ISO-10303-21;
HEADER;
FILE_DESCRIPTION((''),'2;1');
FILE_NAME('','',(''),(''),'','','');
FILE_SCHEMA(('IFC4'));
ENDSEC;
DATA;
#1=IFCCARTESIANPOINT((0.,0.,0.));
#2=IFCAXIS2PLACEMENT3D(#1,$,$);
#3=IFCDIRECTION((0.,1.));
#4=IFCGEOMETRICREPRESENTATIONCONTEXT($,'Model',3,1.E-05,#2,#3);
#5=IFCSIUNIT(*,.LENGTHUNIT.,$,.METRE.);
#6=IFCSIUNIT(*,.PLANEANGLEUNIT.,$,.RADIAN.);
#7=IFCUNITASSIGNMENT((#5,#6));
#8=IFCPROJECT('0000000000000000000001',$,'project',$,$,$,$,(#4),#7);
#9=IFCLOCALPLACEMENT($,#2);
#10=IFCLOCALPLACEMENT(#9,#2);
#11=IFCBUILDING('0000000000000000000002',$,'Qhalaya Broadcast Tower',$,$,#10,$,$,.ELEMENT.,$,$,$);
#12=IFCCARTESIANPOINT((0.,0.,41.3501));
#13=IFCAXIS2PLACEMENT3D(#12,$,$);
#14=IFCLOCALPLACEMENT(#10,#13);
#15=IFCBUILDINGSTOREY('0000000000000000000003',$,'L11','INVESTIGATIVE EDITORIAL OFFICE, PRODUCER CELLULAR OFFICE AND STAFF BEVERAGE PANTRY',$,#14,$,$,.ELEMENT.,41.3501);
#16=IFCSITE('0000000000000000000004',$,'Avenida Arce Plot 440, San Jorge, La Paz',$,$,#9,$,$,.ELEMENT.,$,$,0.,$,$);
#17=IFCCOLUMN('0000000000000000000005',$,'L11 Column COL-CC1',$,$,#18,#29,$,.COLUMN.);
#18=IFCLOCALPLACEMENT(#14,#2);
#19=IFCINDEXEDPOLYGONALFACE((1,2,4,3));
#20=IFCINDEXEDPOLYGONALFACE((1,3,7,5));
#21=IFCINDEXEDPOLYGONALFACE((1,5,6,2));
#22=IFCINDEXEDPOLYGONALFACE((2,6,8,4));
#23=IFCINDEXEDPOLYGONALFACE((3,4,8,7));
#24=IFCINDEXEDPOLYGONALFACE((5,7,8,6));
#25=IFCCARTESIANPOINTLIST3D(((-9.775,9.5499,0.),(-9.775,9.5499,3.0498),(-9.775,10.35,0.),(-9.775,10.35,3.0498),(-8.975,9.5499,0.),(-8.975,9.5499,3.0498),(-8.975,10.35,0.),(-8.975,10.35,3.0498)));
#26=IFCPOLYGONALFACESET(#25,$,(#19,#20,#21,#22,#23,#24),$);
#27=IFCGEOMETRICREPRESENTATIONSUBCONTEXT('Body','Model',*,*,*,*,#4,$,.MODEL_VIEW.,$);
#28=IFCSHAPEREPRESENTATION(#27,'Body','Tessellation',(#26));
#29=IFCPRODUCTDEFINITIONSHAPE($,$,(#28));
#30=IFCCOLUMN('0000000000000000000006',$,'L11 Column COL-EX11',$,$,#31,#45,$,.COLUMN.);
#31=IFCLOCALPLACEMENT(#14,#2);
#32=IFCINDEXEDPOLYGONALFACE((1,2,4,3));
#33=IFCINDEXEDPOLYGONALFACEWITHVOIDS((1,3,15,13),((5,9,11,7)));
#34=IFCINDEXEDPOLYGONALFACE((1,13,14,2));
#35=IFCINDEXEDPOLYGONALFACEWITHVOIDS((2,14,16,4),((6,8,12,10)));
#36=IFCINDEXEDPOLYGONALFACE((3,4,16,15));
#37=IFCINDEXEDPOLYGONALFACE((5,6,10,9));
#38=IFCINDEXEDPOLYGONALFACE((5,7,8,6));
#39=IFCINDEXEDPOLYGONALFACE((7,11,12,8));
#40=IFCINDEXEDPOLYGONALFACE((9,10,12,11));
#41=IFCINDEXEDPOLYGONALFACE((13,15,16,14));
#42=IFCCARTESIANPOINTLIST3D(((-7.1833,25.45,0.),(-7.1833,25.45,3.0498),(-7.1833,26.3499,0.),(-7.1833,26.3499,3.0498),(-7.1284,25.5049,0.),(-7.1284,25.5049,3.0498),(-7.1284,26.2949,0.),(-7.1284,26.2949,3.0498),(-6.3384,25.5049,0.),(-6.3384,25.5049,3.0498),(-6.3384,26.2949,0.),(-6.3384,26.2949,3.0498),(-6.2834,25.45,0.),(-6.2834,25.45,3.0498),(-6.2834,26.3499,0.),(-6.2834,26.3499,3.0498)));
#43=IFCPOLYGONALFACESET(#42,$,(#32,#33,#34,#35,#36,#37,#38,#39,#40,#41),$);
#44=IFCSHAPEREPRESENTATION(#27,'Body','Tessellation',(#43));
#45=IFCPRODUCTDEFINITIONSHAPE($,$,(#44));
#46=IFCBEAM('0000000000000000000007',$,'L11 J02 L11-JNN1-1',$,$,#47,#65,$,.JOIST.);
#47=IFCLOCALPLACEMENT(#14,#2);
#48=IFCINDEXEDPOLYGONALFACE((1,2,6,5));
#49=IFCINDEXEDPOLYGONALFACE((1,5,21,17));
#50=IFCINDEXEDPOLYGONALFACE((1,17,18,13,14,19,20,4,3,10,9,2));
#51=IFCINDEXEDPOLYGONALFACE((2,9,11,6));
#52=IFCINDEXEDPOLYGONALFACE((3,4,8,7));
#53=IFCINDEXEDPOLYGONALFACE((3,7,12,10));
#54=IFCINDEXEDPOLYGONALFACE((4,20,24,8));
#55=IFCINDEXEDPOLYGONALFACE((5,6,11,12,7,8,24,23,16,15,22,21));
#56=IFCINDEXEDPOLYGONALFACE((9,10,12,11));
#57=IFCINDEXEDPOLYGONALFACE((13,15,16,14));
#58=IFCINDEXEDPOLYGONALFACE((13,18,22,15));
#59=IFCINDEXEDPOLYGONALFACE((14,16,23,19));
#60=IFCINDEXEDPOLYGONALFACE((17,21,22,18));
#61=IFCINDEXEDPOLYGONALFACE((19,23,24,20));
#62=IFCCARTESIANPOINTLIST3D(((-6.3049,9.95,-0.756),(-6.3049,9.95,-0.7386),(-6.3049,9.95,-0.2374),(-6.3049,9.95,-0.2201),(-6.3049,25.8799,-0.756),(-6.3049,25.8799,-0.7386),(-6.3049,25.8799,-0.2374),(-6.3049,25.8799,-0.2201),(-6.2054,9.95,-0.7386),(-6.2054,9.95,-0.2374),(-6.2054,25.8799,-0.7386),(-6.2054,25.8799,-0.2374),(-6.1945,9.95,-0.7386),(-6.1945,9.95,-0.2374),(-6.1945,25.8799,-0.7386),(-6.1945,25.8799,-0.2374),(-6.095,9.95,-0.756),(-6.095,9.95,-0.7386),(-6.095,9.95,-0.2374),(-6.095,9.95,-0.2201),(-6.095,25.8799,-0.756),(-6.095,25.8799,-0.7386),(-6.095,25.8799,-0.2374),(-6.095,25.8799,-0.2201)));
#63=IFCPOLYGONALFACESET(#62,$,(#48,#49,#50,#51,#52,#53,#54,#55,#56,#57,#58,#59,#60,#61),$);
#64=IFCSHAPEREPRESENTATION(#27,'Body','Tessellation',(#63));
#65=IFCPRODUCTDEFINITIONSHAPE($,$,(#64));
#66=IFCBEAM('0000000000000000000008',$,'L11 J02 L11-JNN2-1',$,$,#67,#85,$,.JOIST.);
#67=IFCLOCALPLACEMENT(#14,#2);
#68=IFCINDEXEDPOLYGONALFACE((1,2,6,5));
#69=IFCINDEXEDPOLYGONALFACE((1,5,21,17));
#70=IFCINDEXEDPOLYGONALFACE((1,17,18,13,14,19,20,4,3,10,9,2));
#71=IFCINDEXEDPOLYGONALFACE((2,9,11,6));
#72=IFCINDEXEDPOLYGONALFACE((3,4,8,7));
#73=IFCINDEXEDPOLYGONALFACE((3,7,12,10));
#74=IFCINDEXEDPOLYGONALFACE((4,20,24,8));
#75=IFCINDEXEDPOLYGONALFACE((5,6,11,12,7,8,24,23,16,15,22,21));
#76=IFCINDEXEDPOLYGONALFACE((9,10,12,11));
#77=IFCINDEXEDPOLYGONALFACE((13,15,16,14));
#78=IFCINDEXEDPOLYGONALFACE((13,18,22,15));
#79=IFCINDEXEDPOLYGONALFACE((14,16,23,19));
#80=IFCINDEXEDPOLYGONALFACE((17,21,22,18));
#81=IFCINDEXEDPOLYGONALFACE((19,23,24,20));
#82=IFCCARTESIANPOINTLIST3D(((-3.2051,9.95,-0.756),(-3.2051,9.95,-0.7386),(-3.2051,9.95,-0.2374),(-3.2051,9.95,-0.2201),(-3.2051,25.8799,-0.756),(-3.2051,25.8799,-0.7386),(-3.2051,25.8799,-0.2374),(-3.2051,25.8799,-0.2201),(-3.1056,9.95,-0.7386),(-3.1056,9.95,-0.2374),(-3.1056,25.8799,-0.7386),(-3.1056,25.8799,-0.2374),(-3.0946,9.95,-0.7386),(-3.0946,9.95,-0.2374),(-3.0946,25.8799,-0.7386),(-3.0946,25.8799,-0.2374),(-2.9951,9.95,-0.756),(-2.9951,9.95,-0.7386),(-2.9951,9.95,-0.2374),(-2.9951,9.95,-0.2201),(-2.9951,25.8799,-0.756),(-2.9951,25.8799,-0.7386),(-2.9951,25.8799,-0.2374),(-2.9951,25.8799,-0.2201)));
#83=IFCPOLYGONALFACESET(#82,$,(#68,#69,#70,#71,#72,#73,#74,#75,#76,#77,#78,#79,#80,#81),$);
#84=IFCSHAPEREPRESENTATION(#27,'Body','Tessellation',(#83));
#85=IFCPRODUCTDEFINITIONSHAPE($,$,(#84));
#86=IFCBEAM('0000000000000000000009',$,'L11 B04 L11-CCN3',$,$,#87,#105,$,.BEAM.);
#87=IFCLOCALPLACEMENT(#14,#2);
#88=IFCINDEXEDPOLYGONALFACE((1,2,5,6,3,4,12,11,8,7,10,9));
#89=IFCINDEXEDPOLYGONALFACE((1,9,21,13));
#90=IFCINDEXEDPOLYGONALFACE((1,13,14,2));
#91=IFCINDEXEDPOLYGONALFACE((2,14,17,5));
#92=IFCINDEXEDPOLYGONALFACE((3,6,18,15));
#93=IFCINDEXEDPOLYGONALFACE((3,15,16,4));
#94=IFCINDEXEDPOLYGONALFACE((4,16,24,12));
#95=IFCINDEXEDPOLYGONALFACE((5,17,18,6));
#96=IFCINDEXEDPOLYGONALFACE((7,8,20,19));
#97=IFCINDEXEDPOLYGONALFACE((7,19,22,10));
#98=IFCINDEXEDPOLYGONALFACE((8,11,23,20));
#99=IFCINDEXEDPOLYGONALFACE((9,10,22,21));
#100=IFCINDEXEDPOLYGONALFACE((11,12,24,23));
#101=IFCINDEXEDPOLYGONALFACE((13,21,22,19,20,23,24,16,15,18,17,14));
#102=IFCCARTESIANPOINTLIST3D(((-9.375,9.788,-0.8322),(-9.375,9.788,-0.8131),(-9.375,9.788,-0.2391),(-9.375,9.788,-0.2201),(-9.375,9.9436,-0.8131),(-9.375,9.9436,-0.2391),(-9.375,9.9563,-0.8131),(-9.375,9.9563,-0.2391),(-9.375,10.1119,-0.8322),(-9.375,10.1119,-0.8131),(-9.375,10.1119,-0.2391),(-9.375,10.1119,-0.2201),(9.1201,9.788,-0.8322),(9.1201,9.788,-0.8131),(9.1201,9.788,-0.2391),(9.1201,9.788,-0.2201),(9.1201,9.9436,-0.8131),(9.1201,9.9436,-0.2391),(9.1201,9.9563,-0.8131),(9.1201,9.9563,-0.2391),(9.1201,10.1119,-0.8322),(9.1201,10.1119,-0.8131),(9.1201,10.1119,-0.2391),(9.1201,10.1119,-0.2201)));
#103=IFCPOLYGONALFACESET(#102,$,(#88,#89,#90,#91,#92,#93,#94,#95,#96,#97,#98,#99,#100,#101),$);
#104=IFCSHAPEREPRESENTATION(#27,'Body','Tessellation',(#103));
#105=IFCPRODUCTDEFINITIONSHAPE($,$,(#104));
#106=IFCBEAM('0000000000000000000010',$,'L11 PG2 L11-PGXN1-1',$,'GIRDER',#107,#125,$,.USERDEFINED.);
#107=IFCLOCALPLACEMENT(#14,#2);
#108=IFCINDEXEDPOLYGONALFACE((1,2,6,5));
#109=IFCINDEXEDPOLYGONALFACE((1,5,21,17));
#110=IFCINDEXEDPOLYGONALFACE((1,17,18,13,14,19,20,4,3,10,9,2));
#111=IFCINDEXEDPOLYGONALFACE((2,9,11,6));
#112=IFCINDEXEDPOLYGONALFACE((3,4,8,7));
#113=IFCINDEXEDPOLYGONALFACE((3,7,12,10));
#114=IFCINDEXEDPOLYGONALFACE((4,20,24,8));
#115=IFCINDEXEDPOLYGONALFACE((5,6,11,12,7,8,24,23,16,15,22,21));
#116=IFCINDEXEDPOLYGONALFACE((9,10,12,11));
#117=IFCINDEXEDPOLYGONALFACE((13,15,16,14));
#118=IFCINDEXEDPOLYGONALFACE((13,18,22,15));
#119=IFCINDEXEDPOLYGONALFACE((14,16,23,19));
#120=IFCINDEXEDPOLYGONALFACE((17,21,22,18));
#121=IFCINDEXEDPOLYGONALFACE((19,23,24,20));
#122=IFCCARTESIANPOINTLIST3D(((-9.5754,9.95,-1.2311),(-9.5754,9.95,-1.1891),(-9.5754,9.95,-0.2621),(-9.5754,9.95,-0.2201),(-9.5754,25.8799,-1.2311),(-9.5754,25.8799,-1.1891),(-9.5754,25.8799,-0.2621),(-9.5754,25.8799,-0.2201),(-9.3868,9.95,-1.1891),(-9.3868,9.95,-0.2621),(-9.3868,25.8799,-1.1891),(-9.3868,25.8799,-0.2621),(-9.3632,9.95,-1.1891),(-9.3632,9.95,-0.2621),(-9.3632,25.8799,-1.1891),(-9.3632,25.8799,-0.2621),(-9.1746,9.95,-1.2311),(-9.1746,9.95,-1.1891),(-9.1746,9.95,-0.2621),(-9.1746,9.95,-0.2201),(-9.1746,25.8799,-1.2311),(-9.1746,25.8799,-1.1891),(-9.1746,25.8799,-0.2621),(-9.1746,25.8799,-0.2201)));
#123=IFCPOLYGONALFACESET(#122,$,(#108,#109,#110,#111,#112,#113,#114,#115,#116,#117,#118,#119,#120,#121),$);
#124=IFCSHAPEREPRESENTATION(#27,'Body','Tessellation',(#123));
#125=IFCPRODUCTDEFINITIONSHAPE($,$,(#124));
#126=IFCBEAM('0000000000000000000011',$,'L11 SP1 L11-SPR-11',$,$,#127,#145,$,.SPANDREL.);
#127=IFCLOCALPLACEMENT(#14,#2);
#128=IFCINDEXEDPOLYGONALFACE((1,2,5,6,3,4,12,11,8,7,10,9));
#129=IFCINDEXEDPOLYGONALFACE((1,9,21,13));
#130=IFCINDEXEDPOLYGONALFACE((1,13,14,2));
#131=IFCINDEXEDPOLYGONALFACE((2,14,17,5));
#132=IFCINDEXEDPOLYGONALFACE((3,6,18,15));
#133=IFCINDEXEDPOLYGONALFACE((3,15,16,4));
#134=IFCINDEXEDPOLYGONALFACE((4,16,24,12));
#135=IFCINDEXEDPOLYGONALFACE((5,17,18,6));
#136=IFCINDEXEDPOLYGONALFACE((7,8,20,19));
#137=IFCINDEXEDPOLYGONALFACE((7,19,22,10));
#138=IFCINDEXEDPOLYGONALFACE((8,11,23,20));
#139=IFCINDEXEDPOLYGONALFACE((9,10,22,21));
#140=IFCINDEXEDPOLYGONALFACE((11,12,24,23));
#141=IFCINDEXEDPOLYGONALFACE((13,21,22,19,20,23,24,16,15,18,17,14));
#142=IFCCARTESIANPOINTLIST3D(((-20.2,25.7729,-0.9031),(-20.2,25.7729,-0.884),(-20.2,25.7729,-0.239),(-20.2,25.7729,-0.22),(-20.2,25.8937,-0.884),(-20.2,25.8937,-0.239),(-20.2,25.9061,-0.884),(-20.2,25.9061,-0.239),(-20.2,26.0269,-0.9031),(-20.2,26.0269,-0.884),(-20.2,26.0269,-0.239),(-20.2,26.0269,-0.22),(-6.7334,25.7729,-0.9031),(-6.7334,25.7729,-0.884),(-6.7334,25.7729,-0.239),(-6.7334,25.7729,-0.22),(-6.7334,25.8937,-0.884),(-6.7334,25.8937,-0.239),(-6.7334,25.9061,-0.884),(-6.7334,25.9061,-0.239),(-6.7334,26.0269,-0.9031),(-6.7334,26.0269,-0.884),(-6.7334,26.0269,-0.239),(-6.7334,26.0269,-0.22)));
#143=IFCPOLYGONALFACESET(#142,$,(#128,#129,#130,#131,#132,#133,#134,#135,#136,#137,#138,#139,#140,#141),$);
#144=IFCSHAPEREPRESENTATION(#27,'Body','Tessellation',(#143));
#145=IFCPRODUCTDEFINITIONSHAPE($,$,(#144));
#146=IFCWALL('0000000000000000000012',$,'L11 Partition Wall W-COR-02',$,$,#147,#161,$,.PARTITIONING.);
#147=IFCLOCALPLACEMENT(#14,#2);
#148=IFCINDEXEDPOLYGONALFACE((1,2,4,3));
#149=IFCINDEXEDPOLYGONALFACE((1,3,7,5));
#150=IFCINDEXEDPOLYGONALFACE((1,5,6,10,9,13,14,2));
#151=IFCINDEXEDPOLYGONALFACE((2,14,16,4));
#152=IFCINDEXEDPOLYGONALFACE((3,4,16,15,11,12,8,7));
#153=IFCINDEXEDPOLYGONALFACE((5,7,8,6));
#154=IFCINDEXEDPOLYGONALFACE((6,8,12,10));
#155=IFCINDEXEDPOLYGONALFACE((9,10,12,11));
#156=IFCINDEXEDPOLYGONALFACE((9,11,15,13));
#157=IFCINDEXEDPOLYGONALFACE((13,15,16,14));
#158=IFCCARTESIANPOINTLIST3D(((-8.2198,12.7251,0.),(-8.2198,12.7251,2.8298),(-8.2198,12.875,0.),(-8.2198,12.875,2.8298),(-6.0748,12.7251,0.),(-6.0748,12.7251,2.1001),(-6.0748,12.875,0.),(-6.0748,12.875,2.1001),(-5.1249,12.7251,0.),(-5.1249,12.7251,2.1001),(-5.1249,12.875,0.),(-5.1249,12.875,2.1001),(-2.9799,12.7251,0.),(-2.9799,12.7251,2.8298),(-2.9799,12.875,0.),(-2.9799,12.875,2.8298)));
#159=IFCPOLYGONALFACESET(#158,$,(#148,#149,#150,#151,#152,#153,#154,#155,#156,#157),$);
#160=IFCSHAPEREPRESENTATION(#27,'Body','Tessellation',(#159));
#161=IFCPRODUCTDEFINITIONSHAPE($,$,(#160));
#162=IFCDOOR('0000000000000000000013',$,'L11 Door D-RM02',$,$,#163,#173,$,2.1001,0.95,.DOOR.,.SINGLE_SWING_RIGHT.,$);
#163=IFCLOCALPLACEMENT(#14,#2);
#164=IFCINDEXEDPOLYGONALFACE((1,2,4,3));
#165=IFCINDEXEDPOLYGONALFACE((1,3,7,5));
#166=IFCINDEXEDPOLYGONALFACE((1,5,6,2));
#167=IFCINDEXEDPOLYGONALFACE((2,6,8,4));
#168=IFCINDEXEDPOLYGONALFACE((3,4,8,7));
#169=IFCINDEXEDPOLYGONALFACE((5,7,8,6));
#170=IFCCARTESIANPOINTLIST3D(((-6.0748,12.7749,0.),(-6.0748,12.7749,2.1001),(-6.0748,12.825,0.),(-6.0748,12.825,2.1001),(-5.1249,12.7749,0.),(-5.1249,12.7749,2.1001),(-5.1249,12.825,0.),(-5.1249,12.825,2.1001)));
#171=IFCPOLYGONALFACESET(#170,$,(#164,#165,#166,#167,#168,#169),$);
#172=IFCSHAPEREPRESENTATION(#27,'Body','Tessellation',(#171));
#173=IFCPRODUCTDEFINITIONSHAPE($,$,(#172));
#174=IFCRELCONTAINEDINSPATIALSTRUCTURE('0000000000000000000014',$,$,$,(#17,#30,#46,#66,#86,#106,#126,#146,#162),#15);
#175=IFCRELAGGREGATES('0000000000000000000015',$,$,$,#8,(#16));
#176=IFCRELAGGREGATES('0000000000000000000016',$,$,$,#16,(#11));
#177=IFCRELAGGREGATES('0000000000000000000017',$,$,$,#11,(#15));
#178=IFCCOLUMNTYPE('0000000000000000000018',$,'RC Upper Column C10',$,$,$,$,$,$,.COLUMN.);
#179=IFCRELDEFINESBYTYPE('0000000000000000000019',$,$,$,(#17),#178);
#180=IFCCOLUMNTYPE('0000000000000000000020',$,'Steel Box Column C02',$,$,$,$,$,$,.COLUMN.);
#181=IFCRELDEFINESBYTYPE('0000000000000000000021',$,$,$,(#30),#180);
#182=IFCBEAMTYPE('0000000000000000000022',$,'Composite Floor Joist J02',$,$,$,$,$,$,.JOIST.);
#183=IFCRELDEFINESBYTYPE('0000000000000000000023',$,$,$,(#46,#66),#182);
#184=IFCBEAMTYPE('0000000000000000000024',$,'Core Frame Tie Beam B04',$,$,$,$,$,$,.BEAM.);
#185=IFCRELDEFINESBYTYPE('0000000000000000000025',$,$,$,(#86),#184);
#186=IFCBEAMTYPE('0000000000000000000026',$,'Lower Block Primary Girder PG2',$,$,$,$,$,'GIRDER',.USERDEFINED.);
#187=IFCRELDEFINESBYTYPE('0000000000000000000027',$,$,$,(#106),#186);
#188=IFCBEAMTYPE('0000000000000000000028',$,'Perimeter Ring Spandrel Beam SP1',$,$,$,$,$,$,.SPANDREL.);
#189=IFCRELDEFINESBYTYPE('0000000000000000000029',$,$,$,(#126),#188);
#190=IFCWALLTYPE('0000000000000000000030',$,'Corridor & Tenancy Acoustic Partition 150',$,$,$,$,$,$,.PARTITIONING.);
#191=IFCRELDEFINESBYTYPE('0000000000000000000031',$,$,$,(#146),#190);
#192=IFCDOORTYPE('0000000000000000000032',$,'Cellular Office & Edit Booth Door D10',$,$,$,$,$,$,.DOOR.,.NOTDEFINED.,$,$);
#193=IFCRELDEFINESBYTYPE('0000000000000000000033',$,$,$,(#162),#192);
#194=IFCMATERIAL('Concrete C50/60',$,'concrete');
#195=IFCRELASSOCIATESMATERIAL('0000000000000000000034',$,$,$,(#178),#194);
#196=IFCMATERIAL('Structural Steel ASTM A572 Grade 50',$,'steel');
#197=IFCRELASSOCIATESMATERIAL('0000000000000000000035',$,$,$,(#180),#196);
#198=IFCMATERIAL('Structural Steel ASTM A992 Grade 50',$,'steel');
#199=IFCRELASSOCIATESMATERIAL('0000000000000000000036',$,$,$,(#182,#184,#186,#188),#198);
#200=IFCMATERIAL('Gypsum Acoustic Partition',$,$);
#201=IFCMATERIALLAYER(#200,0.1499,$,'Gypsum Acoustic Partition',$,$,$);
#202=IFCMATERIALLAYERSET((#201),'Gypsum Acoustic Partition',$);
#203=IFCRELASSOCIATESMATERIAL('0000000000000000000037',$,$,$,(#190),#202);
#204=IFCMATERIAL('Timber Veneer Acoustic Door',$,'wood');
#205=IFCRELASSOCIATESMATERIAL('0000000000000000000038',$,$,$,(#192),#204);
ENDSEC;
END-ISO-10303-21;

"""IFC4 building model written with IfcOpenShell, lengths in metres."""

from ifc_helpers import new_model, si_unit, direction, frame, frame_2d, origin, origin_2d, place, context, subcontext, project, spatial, rectangle, hollow_rectangle, i_section, extrude, material, layer, layer_set, material_profile, profile_set, type_object, element, fill, save


model = new_model("IFC4")

# Units and contexts
model_context = context("Model", 3, precision=1e-05, world=origin(), true_north=direction((0.0, 1.0)))
body_context = subcontext(model_context, "Body", "Model", "MODEL_VIEW")
ifc_project = project(units=[si_unit("LENGTHUNIT", "METRE"), si_unit("PLANEANGLEUNIT", "RADIAN")], contexts=[model_context])

# Site, building, storey
site_placement = place(None, origin())
site = spatial("IfcSite", under=ifc_project, at=site_placement, Name="Avenida Arce Plot 440, San Jorge, La Paz", CompositionType="ELEMENT", RefElevation=0.0)
building_placement = place(site_placement, origin())
building = spatial("IfcBuilding", under=site, at=building_placement, Name="Qhalaya Broadcast Tower", CompositionType="ELEMENT")
storey_placement = place(building_placement, frame((0.0, 0.0, 41.3501)))
storey = spatial("IfcBuildingStorey", under=building, at=storey_placement, Name="L11", Description="INVESTIGATIVE EDITORIAL OFFICE, PRODUCER CELLULAR OFFICE AND STAFF BEVERAGE PANTRY", CompositionType="ELEMENT", Elevation=41.3501)

# Columns
ifc_material_1 = material(Name="Concrete C50/60", Category="concrete")
ifc_material_profile_1 = material_profile(ifc_material_1, rectangle(XDim=0.8, YDim=0.8, at=origin_2d()), Name="RC-COL 800x800")
ifc_profile_set_1 = profile_set([ifc_material_profile_1], Name="Concrete C50/60")
column_type_1 = type_object("IfcColumnType", Name="RC Upper Column C10", PredefinedType="COLUMN", material=ifc_profile_set_1)
column_1_placement = place(storey_placement, frame((-9.375, 9.95, 0.0), z_axis=(0.0, 0.0, 1.0), x_axis=(1.0, 0.0, 0.0)))
element("IfcColumn", 1, at=column_1_placement, inside=storey, type_object=column_type_1, Name="L11 Column COL-CC1", PredefinedType="COLUMN", context=body_context, shape_type="SweptSolid", body=[
    extrude(rectangle(XDim=0.8, YDim=0.8, at=origin_2d()), origin(), (0.0, 0.0, 1.0), 3.0498),
])
ifc_material_2 = material(Name="Structural Steel ASTM A572 Grade 50", Category="steel")
ifc_material_profile_2 = material_profile(ifc_material_2, hollow_rectangle(XDim=0.8999, YDim=0.8999, WallThickness=0.0549, at=origin_2d()), Name="BOX 900x900x55")
ifc_profile_set_2 = profile_set([ifc_material_profile_2], Name="Structural Steel ASTM A572 Grade 50")
column_type_2 = type_object("IfcColumnType", Name="Steel Box Column C02", PredefinedType="COLUMN", material=ifc_profile_set_2)
column_2_placement = place(storey_placement, frame((-6.7334, 25.8999, 0.0), z_axis=(0.0, 0.0, 1.0), x_axis=(1.0, 0.0, 0.0)))
element("IfcColumn", 2, at=column_2_placement, inside=storey, type_object=column_type_2, Name="L11 Column COL-EX11", PredefinedType="COLUMN", context=body_context, shape_type="SweptSolid", body=[
    extrude(hollow_rectangle(XDim=0.8999, YDim=0.8999, WallThickness=0.0549, at=origin_2d()), origin(), (0.0, 0.0, 1.0), 3.0498),
])

# Beams
ifc_material_3 = material(Name="Structural Steel ASTM A992 Grade 50", Category="steel")
ifc_material_profile_3 = material_profile(ifc_material_3, i_section(OverallWidth=0.21, OverallDepth=0.5359, WebThickness=0.011, FlangeThickness=0.0173, at=origin_2d()), Name="W21X68")
ifc_profile_set_3 = profile_set([ifc_material_profile_3], Name="Structural Steel ASTM A992 Grade 50")
beam_type_1 = type_object("IfcBeamType", Name="Composite Floor Joist J02", PredefinedType="JOIST", material=ifc_profile_set_3)
for number, where, z_axis, x_axis, name in (
    (3, (-6.2, 9.95, -0.488), (0.0, 1.0, 0.0), (-1.0, 0.0, 0.0), "L11 J02 L11-JNN1-1"),
    (4, (-3.1001, 9.95, -0.488), (0.0, 1.0, 0.0), (-1.0, 0.0, 0.0), "L11 J02 L11-JNN2-1"),
):
    element("IfcBeam", number, at=place(storey_placement, frame(where, z_axis=z_axis, x_axis=x_axis)), inside=storey, type_object=beam_type_1, Name=name, PredefinedType="JOIST", context=body_context, shape_type="SweptSolid", body=[
        extrude(i_section(OverallWidth=0.21, OverallDepth=0.5359, WebThickness=0.011, FlangeThickness=0.0173, at=origin_2d()), origin(), (0.0, 0.0, 1.0), 15.9299),
    ])
ifc_material_profile_4 = material_profile(ifc_material_3, i_section(OverallWidth=0.324, OverallDepth=0.6121, WebThickness=0.0127, FlangeThickness=0.019, at=origin_2d()), Name="W24X104")
ifc_profile_set_4 = profile_set([ifc_material_profile_4], Name="Structural Steel ASTM A992 Grade 50")
beam_type_2 = type_object("IfcBeamType", Name="Core Frame Tie Beam B04", PredefinedType="BEAM", material=ifc_profile_set_4)
beam_1_placement = place(storey_placement, frame((-9.375, 9.95, -0.5261), z_axis=(1.0, 0.0, 0.0), x_axis=(0.0, 1.0, 0.0)))
element("IfcBeam", 5, at=beam_1_placement, inside=storey, type_object=beam_type_2, Name="L11 B04 L11-CCN3", PredefinedType="BEAM", context=body_context, shape_type="SweptSolid", body=[
    extrude(i_section(OverallWidth=0.324, OverallDepth=0.6121, WebThickness=0.0127, FlangeThickness=0.019, at=origin_2d()), origin(), (0.0, 0.0, 1.0), 18.4951),
])
ifc_material_profile_5 = material_profile(ifc_material_3, i_section(OverallWidth=0.4009, OverallDepth=1.011, WebThickness=0.0237, FlangeThickness=0.042, at=origin_2d()), Name="W40X297")
ifc_profile_set_5 = profile_set([ifc_material_profile_5], Name="Structural Steel ASTM A992 Grade 50")
beam_type_3 = type_object("IfcBeamType", Name="Lower Block Primary Girder PG2", ElementType="GIRDER", PredefinedType="USERDEFINED", material=ifc_profile_set_5)
beam_2_placement = place(storey_placement, frame((-9.375, 9.95, -0.7256), z_axis=(0.0, 1.0, 0.0), x_axis=(-1.0, 0.0, 0.0)))
element("IfcBeam", 6, at=beam_2_placement, inside=storey, type_object=beam_type_3, Name="L11 PG2 L11-PGXN1-1", ObjectType="GIRDER", PredefinedType="USERDEFINED", context=body_context, shape_type="SweptSolid", body=[
    extrude(i_section(OverallWidth=0.4009, OverallDepth=1.011, WebThickness=0.0237, FlangeThickness=0.042, at=origin_2d()), origin(), (0.0, 0.0, 1.0), 15.9299),
])
ifc_material_profile_6 = material_profile(ifc_material_3, i_section(OverallWidth=0.2539, OverallDepth=0.6831, WebThickness=0.0125, FlangeThickness=0.019, at=origin_2d()), Name="W27X94")
ifc_profile_set_6 = profile_set([ifc_material_profile_6], Name="Structural Steel ASTM A992 Grade 50")
beam_type_4 = type_object("IfcBeamType", Name="Perimeter Ring Spandrel Beam SP1", PredefinedType="SPANDREL", material=ifc_profile_set_6)
beam_3_placement = place(storey_placement, frame((-6.7334, 25.8999, -0.5615), z_axis=(-1.0, 0.0, 0.0), x_axis=(0.0, -1.0, 0.0)))
element("IfcBeam", 7, at=beam_3_placement, inside=storey, type_object=beam_type_4, Name="L11 SP1 L11-SPR-11", PredefinedType="SPANDREL", context=body_context, shape_type="SweptSolid", body=[
    extrude(i_section(OverallWidth=0.2539, OverallDepth=0.6831, WebThickness=0.0125, FlangeThickness=0.019, at=origin_2d()), origin(), (0.0, 0.0, 1.0), 13.4666),
])

# Wall, opening, door
ifc_material_4 = material(Name="Gypsum Acoustic Partition")
ifc_layer_1 = layer(ifc_material_4, 0.1499, Name="Gypsum Acoustic Partition")
ifc_layer_set_1 = layer_set([ifc_layer_1], Name="Gypsum Acoustic Partition")
wall_type_1 = type_object("IfcWallType", Name="Corridor & Tenancy Acoustic Partition 150", PredefinedType="PARTITIONING", material=ifc_layer_set_1)
wall_1_placement = place(storey_placement, frame((-8.22, 12.8, 0.0), z_axis=(0.0, 0.0, 1.0), x_axis=(1.0, 0.0, 0.0)))
wall_1 = element("IfcWall", 8, at=wall_1_placement, inside=storey, type_object=wall_type_1, Name="L11 Partition Wall W-COR-02", PredefinedType="PARTITIONING", context=body_context, shape_type="SweptSolid", body=[
    extrude(rectangle(XDim=5.24, YDim=0.1499, at=frame_2d((2.6201, 0.0))), origin(), (0.0, 0.0, 1.0), 2.8298),
])
opening_1_placement = place(wall_1_placement, frame((2.145, 0.0, 0.0)))
opening_1 = element("IfcOpeningElement", 9, at=opening_1_placement, cuts=wall_1, PredefinedType="OPENING", context=body_context, shape_type="SweptSolid", body=[
    extrude(rectangle(XDim=0.95, YDim=2.1001, at=frame_2d((0.4751, 1.05))), frame((0.0, 0.0869, 0.0), z_axis=(0.0, -1.0, 0.0), x_axis=(1.0, 0.0, 0.0)), (0.0, 0.0, 1.0), 0.1738),
])
ifc_material_5 = material(Name="Timber Veneer Acoustic Door", Category="wood")
door_type = type_object("IfcDoorType", Name="Cellular Office & Edit Booth Door D10", OperationType="NOTDEFINED", PredefinedType="DOOR", material=ifc_material_5)
door_1_placement = place(opening_1_placement, origin())
door_1 = element("IfcDoor", 10, at=door_1_placement, inside=storey, type_object=door_type, Name="L11 Door D-RM02", OperationType="SINGLE_SWING_RIGHT", OverallHeight=2.1001, OverallWidth=0.95, PredefinedType="DOOR", context=body_context, shape_type="SweptSolid", body=[
    extrude(rectangle(XDim=0.95, YDim=2.1001, at=frame_2d((0.4751, 1.05))), frame((0.0, 0.0249, 0.0), z_axis=(0.0, -1.0, 0.0), x_axis=(1.0, 0.0, 0.0)), (0.0, 0.0, 1.0), 0.05),
])
fill(opening_1, door_1)

save(model, "model.ifc")
